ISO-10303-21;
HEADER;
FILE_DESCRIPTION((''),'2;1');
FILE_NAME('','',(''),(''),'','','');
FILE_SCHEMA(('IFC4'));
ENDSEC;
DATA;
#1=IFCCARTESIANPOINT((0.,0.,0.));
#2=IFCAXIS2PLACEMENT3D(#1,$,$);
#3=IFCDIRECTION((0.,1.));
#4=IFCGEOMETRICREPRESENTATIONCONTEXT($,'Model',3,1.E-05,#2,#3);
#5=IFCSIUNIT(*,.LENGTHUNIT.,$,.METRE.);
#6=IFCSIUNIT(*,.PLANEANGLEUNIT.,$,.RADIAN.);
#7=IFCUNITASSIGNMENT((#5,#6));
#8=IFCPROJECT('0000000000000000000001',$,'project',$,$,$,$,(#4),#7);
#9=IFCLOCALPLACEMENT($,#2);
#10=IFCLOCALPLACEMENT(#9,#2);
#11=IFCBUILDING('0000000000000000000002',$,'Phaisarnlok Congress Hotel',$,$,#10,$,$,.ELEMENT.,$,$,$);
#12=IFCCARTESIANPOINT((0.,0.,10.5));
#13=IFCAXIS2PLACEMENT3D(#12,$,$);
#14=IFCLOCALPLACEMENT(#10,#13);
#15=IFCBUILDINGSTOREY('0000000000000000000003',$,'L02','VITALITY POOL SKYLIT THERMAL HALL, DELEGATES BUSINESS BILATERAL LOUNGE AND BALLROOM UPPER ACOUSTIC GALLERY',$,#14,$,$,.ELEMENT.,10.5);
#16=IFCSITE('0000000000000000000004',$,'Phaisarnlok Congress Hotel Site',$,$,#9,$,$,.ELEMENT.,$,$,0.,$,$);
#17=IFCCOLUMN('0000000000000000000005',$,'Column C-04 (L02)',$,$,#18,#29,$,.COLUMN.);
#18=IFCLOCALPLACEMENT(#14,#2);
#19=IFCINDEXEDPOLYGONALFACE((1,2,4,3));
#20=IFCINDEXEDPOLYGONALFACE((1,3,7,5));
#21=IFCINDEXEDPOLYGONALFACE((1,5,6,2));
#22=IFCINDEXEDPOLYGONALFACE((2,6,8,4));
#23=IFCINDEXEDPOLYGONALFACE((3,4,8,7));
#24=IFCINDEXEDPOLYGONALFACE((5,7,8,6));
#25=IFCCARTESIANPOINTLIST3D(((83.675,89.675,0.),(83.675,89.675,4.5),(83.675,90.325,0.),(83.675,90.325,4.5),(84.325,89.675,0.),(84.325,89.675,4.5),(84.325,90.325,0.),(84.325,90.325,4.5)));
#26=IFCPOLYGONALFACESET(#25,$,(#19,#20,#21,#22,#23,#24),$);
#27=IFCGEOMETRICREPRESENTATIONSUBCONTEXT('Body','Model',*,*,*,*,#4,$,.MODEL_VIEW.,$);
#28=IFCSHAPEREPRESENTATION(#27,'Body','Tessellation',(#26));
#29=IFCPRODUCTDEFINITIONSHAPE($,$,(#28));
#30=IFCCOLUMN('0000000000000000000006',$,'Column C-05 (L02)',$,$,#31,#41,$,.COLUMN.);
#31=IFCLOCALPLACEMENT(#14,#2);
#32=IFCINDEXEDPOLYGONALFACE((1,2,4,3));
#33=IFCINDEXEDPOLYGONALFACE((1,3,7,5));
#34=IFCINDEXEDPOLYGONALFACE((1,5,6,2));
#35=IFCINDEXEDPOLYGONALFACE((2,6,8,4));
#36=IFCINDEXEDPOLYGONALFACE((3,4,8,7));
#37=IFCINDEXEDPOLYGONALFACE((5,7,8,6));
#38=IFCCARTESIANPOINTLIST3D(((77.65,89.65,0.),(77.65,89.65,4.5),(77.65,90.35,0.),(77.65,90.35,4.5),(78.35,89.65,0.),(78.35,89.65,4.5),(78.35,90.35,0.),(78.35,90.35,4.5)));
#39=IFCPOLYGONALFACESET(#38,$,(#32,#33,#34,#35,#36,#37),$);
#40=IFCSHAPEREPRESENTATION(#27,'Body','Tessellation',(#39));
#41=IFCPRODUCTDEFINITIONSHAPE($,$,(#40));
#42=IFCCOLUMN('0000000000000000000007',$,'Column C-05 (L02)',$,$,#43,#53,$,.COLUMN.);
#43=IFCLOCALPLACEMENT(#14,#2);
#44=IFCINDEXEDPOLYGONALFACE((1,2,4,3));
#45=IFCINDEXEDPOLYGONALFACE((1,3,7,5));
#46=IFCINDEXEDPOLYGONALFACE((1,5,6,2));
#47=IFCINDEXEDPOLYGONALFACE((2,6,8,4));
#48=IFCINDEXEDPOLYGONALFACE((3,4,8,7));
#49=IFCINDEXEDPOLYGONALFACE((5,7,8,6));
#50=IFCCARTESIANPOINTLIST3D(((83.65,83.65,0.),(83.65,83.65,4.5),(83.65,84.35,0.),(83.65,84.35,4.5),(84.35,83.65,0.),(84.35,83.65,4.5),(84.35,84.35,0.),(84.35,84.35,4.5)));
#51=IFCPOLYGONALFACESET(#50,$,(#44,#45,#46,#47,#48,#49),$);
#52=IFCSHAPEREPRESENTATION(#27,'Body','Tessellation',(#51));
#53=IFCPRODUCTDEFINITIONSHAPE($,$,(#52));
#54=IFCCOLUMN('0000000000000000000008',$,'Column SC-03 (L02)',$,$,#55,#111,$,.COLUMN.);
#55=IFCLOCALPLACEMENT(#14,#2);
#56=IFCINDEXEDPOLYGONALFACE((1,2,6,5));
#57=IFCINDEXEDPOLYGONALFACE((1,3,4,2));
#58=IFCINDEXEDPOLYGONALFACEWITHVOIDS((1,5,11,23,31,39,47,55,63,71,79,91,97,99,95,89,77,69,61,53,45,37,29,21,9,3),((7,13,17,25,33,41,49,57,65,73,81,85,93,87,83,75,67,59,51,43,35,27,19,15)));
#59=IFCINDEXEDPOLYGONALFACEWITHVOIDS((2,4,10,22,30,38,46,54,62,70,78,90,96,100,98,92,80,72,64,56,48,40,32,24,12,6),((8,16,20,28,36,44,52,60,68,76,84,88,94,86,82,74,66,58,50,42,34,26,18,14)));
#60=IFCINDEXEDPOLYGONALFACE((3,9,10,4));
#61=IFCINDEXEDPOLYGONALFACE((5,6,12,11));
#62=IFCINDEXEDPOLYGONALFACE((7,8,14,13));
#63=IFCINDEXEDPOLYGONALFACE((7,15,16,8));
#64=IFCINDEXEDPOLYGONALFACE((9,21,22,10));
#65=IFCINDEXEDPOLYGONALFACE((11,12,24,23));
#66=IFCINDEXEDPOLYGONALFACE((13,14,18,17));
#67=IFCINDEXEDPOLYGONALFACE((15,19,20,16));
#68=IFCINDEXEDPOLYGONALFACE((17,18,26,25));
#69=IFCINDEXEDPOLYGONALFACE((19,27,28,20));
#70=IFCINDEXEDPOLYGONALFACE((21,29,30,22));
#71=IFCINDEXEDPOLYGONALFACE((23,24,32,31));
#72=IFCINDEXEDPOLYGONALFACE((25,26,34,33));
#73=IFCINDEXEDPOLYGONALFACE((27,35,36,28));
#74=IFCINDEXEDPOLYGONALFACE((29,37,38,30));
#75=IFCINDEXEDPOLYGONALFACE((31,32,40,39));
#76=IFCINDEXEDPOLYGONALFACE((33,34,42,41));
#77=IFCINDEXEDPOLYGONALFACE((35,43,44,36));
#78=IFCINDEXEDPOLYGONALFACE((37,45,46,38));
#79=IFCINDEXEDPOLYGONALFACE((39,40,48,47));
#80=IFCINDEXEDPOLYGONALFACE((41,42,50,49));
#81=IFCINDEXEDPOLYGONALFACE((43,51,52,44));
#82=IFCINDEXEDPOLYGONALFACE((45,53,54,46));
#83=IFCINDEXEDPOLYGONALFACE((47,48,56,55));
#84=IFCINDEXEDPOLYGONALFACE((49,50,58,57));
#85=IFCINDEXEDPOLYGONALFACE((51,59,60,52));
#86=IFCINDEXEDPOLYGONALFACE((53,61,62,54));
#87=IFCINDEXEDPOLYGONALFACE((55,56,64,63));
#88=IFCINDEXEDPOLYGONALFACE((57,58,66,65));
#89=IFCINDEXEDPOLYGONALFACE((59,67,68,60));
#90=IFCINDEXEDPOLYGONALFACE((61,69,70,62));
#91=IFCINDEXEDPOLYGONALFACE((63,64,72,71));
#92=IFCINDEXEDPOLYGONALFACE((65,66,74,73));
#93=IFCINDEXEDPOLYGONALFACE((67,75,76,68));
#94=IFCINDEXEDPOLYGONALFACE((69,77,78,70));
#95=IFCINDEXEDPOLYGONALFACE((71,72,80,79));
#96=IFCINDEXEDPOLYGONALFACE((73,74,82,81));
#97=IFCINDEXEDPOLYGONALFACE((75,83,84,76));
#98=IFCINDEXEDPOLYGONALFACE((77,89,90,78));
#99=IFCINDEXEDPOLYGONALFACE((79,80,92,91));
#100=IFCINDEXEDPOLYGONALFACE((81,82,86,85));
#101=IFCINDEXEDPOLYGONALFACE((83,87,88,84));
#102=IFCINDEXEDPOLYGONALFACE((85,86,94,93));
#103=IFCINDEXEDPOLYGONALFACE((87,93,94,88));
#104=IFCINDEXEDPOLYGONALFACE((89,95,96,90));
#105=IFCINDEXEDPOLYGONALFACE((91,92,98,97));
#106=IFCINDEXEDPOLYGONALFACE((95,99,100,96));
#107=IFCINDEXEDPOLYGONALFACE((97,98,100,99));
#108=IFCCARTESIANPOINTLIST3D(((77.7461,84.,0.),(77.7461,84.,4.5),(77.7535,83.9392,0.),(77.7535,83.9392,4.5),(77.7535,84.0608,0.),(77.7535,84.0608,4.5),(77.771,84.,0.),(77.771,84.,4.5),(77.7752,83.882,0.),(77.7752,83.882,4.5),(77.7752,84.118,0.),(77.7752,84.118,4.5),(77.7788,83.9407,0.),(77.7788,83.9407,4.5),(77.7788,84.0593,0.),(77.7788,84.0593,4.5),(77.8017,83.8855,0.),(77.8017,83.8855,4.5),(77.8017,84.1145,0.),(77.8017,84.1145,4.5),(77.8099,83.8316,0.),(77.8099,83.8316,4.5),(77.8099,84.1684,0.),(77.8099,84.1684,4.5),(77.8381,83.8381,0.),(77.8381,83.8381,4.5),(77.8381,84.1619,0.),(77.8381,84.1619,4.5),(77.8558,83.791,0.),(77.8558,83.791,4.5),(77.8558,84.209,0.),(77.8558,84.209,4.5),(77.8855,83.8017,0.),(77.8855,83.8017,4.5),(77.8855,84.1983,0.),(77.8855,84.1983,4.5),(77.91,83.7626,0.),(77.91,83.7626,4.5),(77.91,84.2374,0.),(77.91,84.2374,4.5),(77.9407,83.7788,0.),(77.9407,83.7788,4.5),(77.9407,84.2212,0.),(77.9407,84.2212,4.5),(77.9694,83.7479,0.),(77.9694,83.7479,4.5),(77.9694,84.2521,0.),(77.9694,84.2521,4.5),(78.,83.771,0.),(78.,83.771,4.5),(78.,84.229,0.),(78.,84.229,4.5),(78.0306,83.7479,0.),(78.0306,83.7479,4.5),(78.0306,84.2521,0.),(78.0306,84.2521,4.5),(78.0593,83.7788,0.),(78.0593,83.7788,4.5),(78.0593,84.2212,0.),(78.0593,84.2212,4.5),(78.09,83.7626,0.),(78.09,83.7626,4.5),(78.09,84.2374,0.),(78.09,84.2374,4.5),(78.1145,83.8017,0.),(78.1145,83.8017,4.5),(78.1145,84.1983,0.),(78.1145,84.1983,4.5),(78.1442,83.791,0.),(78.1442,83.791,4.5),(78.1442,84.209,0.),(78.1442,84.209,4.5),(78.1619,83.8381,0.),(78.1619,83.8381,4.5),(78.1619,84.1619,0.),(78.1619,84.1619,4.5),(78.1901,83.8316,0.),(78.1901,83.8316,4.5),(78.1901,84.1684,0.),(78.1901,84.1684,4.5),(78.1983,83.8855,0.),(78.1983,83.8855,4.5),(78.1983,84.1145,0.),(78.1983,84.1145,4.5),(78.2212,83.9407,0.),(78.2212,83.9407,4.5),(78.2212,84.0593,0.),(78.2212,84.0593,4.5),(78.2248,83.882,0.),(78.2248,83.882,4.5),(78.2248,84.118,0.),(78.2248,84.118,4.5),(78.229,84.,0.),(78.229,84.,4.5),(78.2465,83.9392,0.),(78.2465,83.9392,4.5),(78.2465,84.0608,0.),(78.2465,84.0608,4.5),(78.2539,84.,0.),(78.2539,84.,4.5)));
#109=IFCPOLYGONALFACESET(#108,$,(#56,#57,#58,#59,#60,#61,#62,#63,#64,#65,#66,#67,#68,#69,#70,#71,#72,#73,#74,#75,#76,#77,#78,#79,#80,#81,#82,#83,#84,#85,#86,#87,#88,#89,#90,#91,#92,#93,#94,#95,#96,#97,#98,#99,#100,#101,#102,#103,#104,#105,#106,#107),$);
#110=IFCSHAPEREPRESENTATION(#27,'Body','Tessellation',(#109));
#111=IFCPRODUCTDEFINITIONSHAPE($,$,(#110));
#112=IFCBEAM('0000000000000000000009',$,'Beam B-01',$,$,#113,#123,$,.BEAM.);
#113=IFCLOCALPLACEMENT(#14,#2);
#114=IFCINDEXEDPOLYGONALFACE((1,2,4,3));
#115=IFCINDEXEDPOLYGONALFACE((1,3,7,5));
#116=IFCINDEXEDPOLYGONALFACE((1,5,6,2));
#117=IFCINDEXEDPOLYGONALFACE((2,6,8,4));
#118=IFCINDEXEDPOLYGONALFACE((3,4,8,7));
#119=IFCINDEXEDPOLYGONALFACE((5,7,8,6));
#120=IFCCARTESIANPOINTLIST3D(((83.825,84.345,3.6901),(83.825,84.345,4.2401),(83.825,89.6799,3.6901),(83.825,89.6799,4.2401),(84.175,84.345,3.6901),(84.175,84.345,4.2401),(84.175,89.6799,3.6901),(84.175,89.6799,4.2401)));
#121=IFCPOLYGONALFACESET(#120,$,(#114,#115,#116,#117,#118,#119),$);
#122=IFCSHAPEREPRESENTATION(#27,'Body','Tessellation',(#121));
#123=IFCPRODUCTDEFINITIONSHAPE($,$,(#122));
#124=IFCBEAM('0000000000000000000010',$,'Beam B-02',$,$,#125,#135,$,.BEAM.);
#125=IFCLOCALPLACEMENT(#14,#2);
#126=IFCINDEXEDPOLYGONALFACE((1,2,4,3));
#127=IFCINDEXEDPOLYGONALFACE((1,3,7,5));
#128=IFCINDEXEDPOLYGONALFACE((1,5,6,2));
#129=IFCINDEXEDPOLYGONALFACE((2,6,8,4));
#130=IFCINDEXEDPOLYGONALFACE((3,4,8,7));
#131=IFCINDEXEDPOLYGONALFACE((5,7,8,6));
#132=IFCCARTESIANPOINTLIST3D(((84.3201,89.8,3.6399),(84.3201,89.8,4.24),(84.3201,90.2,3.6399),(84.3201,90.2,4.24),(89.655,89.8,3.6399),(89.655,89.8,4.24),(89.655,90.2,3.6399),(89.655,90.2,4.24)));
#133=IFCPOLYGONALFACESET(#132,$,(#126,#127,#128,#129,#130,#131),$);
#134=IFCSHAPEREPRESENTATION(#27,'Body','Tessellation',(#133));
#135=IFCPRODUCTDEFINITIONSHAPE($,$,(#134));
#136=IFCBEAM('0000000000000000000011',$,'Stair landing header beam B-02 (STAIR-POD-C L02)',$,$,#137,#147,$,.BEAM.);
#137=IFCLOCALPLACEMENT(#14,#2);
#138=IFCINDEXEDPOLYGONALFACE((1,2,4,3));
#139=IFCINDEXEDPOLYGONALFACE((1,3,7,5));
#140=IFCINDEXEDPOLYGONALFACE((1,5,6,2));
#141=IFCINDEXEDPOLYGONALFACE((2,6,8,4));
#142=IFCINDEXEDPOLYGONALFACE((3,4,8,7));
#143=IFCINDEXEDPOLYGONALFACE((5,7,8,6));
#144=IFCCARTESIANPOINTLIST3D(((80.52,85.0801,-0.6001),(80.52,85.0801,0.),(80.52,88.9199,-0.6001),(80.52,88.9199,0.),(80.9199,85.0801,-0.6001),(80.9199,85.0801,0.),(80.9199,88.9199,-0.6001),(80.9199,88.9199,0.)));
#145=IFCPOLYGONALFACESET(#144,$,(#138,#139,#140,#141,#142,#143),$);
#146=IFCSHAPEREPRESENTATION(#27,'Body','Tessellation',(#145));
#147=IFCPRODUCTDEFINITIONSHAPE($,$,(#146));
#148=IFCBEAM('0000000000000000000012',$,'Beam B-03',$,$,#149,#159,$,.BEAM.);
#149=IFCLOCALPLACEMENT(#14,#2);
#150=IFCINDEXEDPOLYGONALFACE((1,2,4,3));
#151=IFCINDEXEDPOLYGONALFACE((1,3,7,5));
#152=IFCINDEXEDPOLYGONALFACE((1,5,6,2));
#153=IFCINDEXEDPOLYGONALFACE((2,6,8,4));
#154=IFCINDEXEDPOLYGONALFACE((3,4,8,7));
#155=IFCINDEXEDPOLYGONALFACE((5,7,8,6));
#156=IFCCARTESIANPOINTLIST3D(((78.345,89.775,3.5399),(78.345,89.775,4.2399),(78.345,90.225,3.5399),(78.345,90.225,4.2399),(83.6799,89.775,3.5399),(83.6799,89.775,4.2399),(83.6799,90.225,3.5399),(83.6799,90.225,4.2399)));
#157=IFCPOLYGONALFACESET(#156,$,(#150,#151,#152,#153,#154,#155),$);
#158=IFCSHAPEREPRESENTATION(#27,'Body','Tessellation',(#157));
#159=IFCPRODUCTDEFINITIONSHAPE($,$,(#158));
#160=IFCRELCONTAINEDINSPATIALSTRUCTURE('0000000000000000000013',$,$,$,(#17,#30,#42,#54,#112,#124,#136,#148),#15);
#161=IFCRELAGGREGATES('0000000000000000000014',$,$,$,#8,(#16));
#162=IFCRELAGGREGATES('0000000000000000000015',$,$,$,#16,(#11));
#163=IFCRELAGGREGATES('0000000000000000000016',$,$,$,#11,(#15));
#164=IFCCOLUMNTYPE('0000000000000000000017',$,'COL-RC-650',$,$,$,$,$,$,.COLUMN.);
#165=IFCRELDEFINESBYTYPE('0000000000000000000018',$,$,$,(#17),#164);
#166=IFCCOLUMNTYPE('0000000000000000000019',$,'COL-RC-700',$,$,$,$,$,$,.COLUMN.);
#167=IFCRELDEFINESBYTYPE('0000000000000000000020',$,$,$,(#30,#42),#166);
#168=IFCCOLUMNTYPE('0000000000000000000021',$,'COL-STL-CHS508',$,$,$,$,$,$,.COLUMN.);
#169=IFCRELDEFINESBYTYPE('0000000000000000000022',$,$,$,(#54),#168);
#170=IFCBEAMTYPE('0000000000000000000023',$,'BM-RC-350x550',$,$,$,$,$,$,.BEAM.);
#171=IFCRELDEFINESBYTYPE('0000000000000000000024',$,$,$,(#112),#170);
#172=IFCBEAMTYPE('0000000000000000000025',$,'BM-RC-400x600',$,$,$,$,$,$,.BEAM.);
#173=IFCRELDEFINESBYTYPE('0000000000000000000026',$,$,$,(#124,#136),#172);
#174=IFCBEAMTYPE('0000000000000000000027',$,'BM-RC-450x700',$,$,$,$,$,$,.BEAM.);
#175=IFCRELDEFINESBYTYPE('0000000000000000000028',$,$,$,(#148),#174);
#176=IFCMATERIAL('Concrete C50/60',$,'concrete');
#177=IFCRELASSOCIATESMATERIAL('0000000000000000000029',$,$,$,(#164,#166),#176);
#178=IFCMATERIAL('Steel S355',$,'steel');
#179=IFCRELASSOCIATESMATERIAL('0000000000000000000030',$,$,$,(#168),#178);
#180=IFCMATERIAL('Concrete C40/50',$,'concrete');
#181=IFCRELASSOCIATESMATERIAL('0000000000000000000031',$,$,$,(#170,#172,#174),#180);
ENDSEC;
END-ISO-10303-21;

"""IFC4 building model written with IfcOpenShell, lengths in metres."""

from ifc_helpers import new_model, si_unit, direction, frame, origin, origin_2d, place, context, subcontext, project, spatial, rectangle, hollow_circle, extrude, material, material_profile, profile_set, type_object, element, save


model = new_model("IFC4")

# Units and contexts
model_context = context("Model", 3, precision=1e-05, world=origin(), true_north=direction((0.0, 1.0)))
body_context = subcontext(model_context, "Body", "Model", "MODEL_VIEW")
ifc_project = project(units=[si_unit("LENGTHUNIT", "METRE"), si_unit("PLANEANGLEUNIT", "RADIAN")], contexts=[model_context])

# Site, building, storey
site_placement = place(None, origin())
site = spatial("IfcSite", under=ifc_project, at=site_placement, Name="Phaisarnlok Congress Hotel Site", CompositionType="ELEMENT", RefElevation=0.0)
building_placement = place(site_placement, origin())
building = spatial("IfcBuilding", under=site, at=building_placement, Name="Phaisarnlok Congress Hotel", CompositionType="ELEMENT")
storey_placement = place(building_placement, frame((0.0, 0.0, 10.5)))
storey = spatial("IfcBuildingStorey", under=building, at=storey_placement, Name="L02", Description="VITALITY POOL SKYLIT THERMAL HALL, DELEGATES BUSINESS BILATERAL LOUNGE AND BALLROOM UPPER ACOUSTIC GALLERY", CompositionType="ELEMENT", Elevation=10.5)

# Columns
ifc_material_1 = material(Name="Concrete C50/60", Category="concrete")
ifc_material_profile_1 = material_profile(ifc_material_1, rectangle(XDim=0.6499, YDim=0.6499, at=origin_2d()), Name="RC 650x650")
ifc_profile_set_1 = profile_set([ifc_material_profile_1], Name="Concrete C50/60")
column_type_1 = type_object("IfcColumnType", Name="COL-RC-650", PredefinedType="COLUMN", material=ifc_profile_set_1)
column_1_placement = place(storey_placement, frame((84.0, 90.0, 0.0), z_axis=(0.0, 0.0, 1.0), x_axis=(1.0, 0.0, 0.0)))
element("IfcColumn", 1, at=column_1_placement, inside=storey, type_object=column_type_1, Name="Column C-04 (L02)", PredefinedType="COLUMN", context=body_context, shape_type="SweptSolid", body=[
    extrude(rectangle(XDim=0.6499, YDim=0.6499, at=origin_2d()), origin(), (0.0, 0.0, 1.0), 4.5),
])
ifc_material_profile_2 = material_profile(ifc_material_1, rectangle(XDim=0.7, YDim=0.7, at=origin_2d()), Name="RC 700x700")
ifc_profile_set_2 = profile_set([ifc_material_profile_2], Name="Concrete C50/60")
column_type_2 = type_object("IfcColumnType", Name="COL-RC-700", PredefinedType="COLUMN", material=ifc_profile_set_2)
for number, where, z_axis, x_axis, name in (
    (2, (78.0, 90.0, 0.0), (0.0, 0.0, 1.0), (1.0, 0.0, 0.0), "Column C-05 (L02)"),
    (3, (84.0, 84.0, 0.0), (0.0, 0.0, 1.0), (1.0, 0.0, 0.0), "Column C-05 (L02)"),
):
    element("IfcColumn", number, at=place(storey_placement, frame(where, z_axis=z_axis, x_axis=x_axis)), inside=storey, type_object=column_type_2, Name=name, PredefinedType="COLUMN", context=body_context, shape_type="SweptSolid", body=[
        extrude(rectangle(XDim=0.7, YDim=0.7, at=origin_2d()), origin(), (0.0, 0.0, 1.0), 4.5),
    ])
ifc_material_2 = material(Name="Steel S355", Category="steel")
ifc_material_profile_3 = material_profile(ifc_material_2, hollow_circle(Radius=0.2539, WallThickness=0.0249, at=origin_2d()), Name="CHS 508x25")
ifc_profile_set_3 = profile_set([ifc_material_profile_3], Name="Steel S355")
column_type_3 = type_object("IfcColumnType", Name="COL-STL-CHS508", PredefinedType="COLUMN", material=ifc_profile_set_3)
column_2_placement = place(storey_placement, frame((78.0, 84.0, 0.0), z_axis=(0.0, 0.0, 1.0), x_axis=(1.0, 0.0, 0.0)))
element("IfcColumn", 4, at=column_2_placement, inside=storey, type_object=column_type_3, Name="Column SC-03 (L02)", PredefinedType="COLUMN", context=body_context, shape_type="SweptSolid", body=[
    extrude(hollow_circle(Radius=0.2539, WallThickness=0.0249, at=origin_2d()), origin(), (0.0, 0.0, 1.0), 4.5),
])

# Beams
ifc_material_3 = material(Name="Concrete C40/50", Category="concrete")
ifc_material_profile_4 = material_profile(ifc_material_3, rectangle(XDim=0.3501, YDim=0.55, at=origin_2d()), Name="RC 350x550")
ifc_profile_set_4 = profile_set([ifc_material_profile_4], Name="Concrete C40/50")
beam_type_1 = type_object("IfcBeamType", Name="BM-RC-350x550", PredefinedType="BEAM", material=ifc_profile_set_4)
beam_1_placement = place(storey_placement, frame((84.0, 84.345, 3.9651), z_axis=(0.0, 1.0, 0.0), x_axis=(-1.0, 0.0, 0.0)))
element("IfcBeam", 5, at=beam_1_placement, inside=storey, type_object=beam_type_1, Name="Beam B-01", PredefinedType="BEAM", context=body_context, shape_type="SweptSolid", body=[
    extrude(rectangle(XDim=0.3501, YDim=0.55, at=origin_2d()), origin(), (0.0, 0.0, 1.0), 5.335),
])
ifc_material_profile_5 = material_profile(ifc_material_3, rectangle(XDim=0.3999, YDim=0.6001, at=origin_2d()), Name="RC 400x600")
ifc_profile_set_5 = profile_set([ifc_material_profile_5], Name="Concrete C40/50")
beam_type_2 = type_object("IfcBeamType", Name="BM-RC-400x600", PredefinedType="BEAM", material=ifc_profile_set_5)
beam_2_placement = place(storey_placement, frame((84.3201, 90.0, 3.9399), z_axis=(1.0, 0.0, 0.0), x_axis=(0.0, 1.0, 0.0)))
element("IfcBeam", 6, at=beam_2_placement, inside=storey, type_object=beam_type_2, Name="Beam B-02", PredefinedType="BEAM", context=body_context, shape_type="SweptSolid", body=[
    extrude(rectangle(XDim=0.3999, YDim=0.6001, at=origin_2d()), origin(), (0.0, 0.0, 1.0), 5.335),
])
beam_3_placement = place(storey_placement, frame((80.72, 85.0801, -0.3), z_axis=(0.0, 1.0, 0.0), x_axis=(-1.0, 0.0, 0.0)))
element("IfcBeam", 7, at=beam_3_placement, inside=storey, type_object=beam_type_2, Name="Stair landing header beam B-02 (STAIR-POD-C L02)", PredefinedType="BEAM", context=body_context, shape_type="SweptSolid", body=[
    extrude(rectangle(XDim=0.3999, YDim=0.6001, at=origin_2d()), origin(), (0.0, 0.0, 1.0), 3.8398),
])
ifc_material_profile_6 = material_profile(ifc_material_3, rectangle(XDim=0.45, YDim=0.7, at=origin_2d()), Name="RC 450x700")
ifc_profile_set_6 = profile_set([ifc_material_profile_6], Name="Concrete C40/50")
beam_type_3 = type_object("IfcBeamType", Name="BM-RC-450x700", PredefinedType="BEAM", material=ifc_profile_set_6)
beam_4_placement = place(storey_placement, frame((78.345, 90.0, 3.8899), z_axis=(1.0, 0.0, 0.0), x_axis=(0.0, 1.0, 0.0)))
element("IfcBeam", 8, at=beam_4_placement, inside=storey, type_object=beam_type_3, Name="Beam B-03", PredefinedType="BEAM", context=body_context, shape_type="SweptSolid", body=[
    extrude(rectangle(XDim=0.45, YDim=0.7, at=origin_2d()), origin(), (0.0, 0.0, 1.0), 5.335),
])

save(model, "model.ifc")
